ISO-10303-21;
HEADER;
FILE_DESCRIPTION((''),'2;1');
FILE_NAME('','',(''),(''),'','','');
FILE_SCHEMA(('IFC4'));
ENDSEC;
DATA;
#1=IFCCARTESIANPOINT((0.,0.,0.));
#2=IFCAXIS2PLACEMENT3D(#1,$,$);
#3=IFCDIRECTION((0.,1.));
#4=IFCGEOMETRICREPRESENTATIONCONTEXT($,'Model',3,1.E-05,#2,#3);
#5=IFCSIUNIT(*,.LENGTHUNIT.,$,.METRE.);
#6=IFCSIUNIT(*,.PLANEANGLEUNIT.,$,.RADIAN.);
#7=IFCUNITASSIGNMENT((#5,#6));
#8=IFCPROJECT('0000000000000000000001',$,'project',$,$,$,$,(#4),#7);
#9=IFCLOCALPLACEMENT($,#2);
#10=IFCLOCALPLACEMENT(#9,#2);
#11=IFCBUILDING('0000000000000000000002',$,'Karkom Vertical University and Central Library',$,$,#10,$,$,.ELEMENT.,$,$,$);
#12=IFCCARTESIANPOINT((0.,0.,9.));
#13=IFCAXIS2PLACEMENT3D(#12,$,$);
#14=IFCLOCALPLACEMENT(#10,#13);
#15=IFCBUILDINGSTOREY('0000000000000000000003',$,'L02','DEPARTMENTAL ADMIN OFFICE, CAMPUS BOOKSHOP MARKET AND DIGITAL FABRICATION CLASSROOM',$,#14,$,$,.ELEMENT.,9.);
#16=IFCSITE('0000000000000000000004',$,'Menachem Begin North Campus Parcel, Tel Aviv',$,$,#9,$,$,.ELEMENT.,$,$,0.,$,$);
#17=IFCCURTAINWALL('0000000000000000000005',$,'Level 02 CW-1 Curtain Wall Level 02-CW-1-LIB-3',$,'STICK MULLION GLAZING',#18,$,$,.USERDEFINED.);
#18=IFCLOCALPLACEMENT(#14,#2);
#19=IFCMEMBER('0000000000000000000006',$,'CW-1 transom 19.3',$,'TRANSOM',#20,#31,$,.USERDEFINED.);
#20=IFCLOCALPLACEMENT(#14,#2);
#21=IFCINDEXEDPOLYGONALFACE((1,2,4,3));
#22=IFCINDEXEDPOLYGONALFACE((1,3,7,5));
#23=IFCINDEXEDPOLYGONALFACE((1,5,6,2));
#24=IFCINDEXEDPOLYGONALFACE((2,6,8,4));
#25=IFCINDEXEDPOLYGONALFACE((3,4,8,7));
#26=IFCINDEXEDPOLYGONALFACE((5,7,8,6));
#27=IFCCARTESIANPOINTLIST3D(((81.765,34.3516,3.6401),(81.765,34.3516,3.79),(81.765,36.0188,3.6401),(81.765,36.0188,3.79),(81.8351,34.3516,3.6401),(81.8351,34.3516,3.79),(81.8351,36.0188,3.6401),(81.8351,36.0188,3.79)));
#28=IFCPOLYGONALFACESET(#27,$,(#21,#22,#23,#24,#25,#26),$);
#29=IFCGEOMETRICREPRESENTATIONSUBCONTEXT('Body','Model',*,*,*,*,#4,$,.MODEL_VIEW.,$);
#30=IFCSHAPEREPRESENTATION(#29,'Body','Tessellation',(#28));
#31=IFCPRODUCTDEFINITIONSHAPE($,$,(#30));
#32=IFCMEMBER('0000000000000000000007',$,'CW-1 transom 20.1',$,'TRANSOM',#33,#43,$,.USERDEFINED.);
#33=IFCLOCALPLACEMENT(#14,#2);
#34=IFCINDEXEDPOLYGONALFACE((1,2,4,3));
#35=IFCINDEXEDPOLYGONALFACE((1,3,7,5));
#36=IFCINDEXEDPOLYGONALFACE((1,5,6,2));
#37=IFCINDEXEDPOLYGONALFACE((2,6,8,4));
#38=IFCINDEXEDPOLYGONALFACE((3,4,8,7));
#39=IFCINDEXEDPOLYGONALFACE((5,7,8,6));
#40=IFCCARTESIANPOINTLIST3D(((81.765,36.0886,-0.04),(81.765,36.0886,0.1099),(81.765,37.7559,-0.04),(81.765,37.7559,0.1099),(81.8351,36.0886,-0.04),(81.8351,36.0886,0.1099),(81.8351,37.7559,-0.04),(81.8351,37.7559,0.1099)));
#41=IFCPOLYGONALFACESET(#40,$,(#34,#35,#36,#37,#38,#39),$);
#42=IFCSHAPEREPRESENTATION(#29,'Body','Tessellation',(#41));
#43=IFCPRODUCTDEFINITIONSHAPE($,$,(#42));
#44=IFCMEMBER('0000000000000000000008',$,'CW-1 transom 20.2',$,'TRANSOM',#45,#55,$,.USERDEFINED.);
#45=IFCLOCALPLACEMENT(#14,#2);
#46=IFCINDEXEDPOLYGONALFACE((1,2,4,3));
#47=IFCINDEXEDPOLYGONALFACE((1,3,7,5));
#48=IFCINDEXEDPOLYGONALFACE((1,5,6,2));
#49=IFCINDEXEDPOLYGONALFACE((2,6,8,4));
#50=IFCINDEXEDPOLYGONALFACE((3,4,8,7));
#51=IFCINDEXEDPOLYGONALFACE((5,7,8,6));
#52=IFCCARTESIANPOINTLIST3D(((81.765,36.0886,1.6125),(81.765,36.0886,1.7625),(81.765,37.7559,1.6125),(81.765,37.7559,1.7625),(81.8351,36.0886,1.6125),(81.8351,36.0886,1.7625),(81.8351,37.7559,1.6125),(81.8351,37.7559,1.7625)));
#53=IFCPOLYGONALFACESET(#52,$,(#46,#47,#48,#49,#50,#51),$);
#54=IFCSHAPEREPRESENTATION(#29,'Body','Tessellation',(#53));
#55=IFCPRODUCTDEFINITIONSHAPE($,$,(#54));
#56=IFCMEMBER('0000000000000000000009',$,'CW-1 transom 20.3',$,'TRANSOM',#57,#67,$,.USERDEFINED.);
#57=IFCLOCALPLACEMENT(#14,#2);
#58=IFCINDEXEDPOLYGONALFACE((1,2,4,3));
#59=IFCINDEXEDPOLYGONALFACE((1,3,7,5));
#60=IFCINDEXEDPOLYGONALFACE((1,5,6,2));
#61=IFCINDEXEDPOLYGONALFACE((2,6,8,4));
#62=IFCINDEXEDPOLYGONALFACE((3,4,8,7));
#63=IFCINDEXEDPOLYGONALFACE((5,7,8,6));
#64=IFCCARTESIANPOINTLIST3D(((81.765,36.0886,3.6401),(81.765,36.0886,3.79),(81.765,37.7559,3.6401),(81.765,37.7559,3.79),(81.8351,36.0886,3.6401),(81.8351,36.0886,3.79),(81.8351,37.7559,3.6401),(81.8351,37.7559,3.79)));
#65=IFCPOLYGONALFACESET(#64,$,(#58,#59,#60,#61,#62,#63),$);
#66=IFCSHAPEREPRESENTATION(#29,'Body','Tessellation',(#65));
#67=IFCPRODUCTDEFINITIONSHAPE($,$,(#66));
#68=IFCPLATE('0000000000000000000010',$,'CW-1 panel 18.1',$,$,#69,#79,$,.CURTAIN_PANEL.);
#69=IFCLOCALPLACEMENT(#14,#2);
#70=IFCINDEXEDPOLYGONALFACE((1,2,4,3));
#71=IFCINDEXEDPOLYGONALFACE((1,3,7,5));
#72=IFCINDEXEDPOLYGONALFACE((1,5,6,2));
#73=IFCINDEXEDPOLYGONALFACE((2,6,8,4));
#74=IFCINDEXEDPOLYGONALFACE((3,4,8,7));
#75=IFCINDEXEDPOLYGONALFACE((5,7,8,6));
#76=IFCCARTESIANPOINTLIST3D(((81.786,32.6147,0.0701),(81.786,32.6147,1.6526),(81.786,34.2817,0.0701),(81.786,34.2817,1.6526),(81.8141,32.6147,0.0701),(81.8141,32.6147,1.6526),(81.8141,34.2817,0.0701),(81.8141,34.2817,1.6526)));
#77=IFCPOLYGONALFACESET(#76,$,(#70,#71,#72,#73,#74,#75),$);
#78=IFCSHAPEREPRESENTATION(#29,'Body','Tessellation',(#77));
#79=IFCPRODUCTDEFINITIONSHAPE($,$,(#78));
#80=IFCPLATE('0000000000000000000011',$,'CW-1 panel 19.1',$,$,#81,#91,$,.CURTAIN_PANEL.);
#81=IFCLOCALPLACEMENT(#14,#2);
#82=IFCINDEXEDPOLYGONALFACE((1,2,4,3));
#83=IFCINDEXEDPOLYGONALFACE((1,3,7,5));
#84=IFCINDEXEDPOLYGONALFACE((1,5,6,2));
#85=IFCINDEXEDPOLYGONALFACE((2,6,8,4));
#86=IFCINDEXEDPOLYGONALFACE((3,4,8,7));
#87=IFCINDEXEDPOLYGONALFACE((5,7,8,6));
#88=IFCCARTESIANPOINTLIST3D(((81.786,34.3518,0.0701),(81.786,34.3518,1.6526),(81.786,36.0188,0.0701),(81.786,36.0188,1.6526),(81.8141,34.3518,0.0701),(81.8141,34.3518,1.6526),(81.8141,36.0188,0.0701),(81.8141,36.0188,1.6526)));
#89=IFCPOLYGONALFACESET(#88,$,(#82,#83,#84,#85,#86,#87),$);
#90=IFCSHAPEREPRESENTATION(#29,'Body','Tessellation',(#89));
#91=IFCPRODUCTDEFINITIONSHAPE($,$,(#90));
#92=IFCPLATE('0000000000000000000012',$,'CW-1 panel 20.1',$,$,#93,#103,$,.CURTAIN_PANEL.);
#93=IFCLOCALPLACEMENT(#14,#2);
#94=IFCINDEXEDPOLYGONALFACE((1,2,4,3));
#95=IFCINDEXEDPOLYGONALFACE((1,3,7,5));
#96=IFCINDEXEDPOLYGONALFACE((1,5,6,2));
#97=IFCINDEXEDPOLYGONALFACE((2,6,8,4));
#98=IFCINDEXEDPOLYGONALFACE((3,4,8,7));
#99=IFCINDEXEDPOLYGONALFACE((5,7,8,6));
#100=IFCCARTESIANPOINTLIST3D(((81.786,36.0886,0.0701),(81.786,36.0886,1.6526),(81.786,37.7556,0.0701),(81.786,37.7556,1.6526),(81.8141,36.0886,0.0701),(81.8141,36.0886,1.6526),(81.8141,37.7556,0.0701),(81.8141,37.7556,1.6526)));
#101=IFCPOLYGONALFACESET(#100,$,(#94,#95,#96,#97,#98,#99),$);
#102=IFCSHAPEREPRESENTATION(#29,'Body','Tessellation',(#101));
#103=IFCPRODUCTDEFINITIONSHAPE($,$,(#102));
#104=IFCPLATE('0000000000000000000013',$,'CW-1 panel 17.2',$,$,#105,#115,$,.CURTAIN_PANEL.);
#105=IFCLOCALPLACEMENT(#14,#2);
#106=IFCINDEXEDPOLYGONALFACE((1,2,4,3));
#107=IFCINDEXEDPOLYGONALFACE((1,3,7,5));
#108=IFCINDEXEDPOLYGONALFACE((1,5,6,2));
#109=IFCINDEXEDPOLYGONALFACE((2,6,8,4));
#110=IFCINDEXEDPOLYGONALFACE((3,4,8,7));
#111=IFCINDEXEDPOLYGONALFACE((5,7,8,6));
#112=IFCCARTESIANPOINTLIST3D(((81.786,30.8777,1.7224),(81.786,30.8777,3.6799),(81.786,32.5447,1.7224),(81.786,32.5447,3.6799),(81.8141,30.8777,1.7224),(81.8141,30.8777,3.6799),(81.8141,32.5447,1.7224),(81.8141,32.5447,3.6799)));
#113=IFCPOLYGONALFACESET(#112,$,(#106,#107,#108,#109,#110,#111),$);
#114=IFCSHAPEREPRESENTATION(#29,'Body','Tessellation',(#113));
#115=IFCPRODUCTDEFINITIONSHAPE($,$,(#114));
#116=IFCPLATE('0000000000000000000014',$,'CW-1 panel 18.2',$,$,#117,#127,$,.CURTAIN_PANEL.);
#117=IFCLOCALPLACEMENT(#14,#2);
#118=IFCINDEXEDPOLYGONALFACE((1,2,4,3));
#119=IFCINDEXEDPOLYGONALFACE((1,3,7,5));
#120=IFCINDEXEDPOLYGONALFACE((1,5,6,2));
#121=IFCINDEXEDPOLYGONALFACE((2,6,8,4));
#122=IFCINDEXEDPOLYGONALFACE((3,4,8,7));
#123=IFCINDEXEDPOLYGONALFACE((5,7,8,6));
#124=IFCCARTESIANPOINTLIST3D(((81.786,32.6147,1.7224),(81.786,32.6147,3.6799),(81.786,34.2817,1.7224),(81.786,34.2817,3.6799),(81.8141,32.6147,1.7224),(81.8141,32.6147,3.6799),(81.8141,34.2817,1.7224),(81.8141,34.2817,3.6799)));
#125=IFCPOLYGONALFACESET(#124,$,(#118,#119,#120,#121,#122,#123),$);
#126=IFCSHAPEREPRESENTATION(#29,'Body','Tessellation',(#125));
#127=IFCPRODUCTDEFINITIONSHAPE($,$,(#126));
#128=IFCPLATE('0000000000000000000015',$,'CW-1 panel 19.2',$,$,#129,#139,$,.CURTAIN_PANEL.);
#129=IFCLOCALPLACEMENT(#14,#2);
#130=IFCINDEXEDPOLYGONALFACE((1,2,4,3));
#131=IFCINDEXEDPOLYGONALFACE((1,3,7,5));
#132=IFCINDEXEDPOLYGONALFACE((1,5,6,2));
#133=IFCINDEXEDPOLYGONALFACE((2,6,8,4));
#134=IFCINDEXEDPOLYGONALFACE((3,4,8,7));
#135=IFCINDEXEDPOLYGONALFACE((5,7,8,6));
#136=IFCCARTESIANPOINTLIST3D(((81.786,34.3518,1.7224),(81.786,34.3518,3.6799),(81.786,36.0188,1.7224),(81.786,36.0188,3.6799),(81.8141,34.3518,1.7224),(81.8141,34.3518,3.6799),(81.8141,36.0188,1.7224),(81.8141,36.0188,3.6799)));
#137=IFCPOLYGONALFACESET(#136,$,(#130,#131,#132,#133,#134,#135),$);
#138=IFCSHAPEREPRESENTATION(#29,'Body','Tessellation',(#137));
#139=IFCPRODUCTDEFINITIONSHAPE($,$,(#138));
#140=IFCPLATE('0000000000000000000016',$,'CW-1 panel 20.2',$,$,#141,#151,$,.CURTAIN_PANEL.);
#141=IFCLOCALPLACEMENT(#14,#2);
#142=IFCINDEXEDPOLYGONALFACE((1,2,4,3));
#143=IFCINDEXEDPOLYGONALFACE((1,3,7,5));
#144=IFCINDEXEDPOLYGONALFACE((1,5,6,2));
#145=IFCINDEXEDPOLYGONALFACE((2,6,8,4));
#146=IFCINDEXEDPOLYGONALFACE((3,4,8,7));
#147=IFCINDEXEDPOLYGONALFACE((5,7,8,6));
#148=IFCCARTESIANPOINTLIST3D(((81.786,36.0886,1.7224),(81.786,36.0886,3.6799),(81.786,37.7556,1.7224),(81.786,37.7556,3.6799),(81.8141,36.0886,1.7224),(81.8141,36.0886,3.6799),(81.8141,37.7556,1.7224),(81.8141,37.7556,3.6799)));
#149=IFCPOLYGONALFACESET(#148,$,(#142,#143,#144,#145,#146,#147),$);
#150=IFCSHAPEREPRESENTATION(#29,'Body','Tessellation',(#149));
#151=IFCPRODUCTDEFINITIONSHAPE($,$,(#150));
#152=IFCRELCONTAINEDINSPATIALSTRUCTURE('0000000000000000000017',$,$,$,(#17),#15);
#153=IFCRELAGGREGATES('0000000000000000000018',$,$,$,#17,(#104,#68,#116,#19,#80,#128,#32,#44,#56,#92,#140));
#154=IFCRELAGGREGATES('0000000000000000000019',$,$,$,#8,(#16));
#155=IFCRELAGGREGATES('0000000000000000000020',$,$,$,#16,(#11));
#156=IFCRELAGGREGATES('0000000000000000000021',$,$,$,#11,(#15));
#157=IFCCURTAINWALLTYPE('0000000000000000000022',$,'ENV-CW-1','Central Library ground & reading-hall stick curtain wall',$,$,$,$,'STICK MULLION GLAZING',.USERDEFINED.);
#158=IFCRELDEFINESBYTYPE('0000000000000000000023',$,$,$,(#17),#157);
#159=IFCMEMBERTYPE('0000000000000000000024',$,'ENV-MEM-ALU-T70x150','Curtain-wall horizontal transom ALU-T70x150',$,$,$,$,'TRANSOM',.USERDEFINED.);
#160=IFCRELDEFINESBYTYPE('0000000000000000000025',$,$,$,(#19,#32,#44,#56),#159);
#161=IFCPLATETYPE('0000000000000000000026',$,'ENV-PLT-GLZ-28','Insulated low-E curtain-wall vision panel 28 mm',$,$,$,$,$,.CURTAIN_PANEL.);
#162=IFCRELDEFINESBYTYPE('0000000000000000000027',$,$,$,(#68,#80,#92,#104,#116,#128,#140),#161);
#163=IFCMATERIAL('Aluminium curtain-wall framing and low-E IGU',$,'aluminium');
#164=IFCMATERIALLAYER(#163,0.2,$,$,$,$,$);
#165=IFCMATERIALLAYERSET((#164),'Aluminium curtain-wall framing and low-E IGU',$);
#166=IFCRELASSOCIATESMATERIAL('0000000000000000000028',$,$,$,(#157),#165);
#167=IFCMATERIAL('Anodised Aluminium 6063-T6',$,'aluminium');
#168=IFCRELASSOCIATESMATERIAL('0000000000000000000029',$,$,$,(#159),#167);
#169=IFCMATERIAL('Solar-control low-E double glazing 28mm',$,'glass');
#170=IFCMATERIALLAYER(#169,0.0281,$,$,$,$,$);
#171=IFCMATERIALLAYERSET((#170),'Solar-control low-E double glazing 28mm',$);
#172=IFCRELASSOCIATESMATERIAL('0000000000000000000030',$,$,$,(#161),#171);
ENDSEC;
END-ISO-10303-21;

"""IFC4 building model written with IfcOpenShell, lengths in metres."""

from ifc_helpers import new_model, si_unit, direction, frame, origin, origin_with_axes, origin_2d, place, context, subcontext, project, spatial, rectangle, extrude, source, transform, mapped, material, layer, layer_set, material_profile, profile_set, type_object, element, aggregate, save


model = new_model("IFC4")

# Units and contexts
model_context = context("Model", 3, precision=1e-05, world=origin(), true_north=direction((0.0, 1.0)))
body_context = subcontext(model_context, "Body", "Model", "MODEL_VIEW")
ifc_project = project(units=[si_unit("LENGTHUNIT", "METRE"), si_unit("PLANEANGLEUNIT", "RADIAN")], contexts=[model_context])

# Site, building, storey
site_placement = place(None, origin())
site = spatial("IfcSite", under=ifc_project, at=site_placement, Name="Menachem Begin North Campus Parcel, Tel Aviv", CompositionType="ELEMENT", RefElevation=0.0)
building_placement = place(site_placement, origin())
building = spatial("IfcBuilding", under=site, at=building_placement, Name="Karkom Vertical University and Central Library", CompositionType="ELEMENT")
storey_placement = place(building_placement, frame((0.0, 0.0, 9.0)))
storey = spatial("IfcBuildingStorey", under=building, at=storey_placement, Name="L02", Description="DEPARTMENTAL ADMIN OFFICE, CAMPUS BOOKSHOP MARKET AND DIGITAL FABRICATION CLASSROOM", CompositionType="ELEMENT", Elevation=9.0)

# Curtain wall, members, plates
ifc_material_1 = material(Name="Aluminium curtain-wall framing and low-E IGU", Category="aluminium")
ifc_layer_1 = layer(ifc_material_1, 0.2)
ifc_layer_set_1 = layer_set([ifc_layer_1], Name="Aluminium curtain-wall framing and low-E IGU")
curtain_wall_type = type_object("IfcCurtainWallType", Name="ENV-CW-1", Description="Central Library ground & reading-hall stick curtain wall", ElementType="STICK MULLION GLAZING", PredefinedType="USERDEFINED", material=ifc_layer_set_1)
curtain_wall_placement = place(storey_placement, origin())
curtain_wall = element("IfcCurtainWall", 1, at=curtain_wall_placement, inside=storey, type_object=curtain_wall_type, Name="Level 02 CW-1 Curtain Wall Level 02-CW-1-LIB-3", ObjectType="STICK MULLION GLAZING", PredefinedType="USERDEFINED")
ifc_material_2 = material(Name="Anodised Aluminium 6063-T6", Category="aluminium")
ifc_material_profile_1 = material_profile(ifc_material_2, rectangle(XDim=0.0701, YDim=0.1499, at=origin_2d()), Name="ALU-T70x150")
ifc_profile_set_1 = profile_set([ifc_material_profile_1], Name="Anodised Aluminium 6063-T6")
member_type_1 = type_object("IfcMemberType", Name="ENV-MEM-ALU-T70x150", Description="Curtain-wall horizontal transom ALU-T70x150", ElementType="TRANSOM", PredefinedType="USERDEFINED", material=ifc_profile_set_1)
shared_shape_1 = source(origin_with_axes(), body_context, "Body", "SweptSolid", [
    extrude(rectangle(XDim=0.0701, YDim=0.1499, at=origin_2d()), origin(), (0.0, 0.0, 1.0), 1.6672),
])
member_1_placement = place(storey_placement, frame((81.8, 34.3516, 3.7151), z_axis=(0.0, 1.0, 0.0), x_axis=(-1.0, 0.0, 0.0)))
member_1 = element("IfcMember", 2, at=member_1_placement, type_object=member_type_1, Name="CW-1 transom 19.3", ObjectType="TRANSOM", PredefinedType="USERDEFINED", context=body_context, shape_type="MappedRepresentation", body=[
    mapped(shared_shape_1, transform((0.0, 0.0, 0.0), scale=1.0)),
])
member_2_placement = place(storey_placement, frame((81.8, 36.0886, 0.0349), z_axis=(0.0, 1.0, 0.0), x_axis=(-1.0, 0.0, 0.0)))
member_2 = element("IfcMember", 3, at=member_2_placement, type_object=member_type_1, Name="CW-1 transom 20.1", ObjectType="TRANSOM", PredefinedType="USERDEFINED", context=body_context, shape_type="MappedRepresentation", body=[
    mapped(shared_shape_1, transform((0.0, 0.0, 0.0), scale=1.0)),
])
member_3_placement = place(storey_placement, frame((81.8, 36.0886, 1.6875), z_axis=(0.0, 1.0, 0.0), x_axis=(-1.0, 0.0, 0.0)))
member_3 = element("IfcMember", 4, at=member_3_placement, type_object=member_type_1, Name="CW-1 transom 20.2", ObjectType="TRANSOM", PredefinedType="USERDEFINED", context=body_context, shape_type="MappedRepresentation", body=[
    mapped(shared_shape_1, transform((0.0, 0.0, 0.0), scale=1.0)),
])
member_4_placement = place(storey_placement, frame((81.8, 36.0886, 3.7151), z_axis=(0.0, 1.0, 0.0), x_axis=(-1.0, 0.0, 0.0)))
member_4 = element("IfcMember", 5, at=member_4_placement, type_object=member_type_1, Name="CW-1 transom 20.3", ObjectType="TRANSOM", PredefinedType="USERDEFINED", context=body_context, shape_type="MappedRepresentation", body=[
    mapped(shared_shape_1, transform((0.0, 0.0, 0.0), scale=1.0)),
])
ifc_material_3 = material(Name="Solar-control low-E double glazing 28mm", Category="glass")
ifc_layer_2 = layer(ifc_material_3, 0.0281)
ifc_layer_set_2 = layer_set([ifc_layer_2], Name="Solar-control low-E double glazing 28mm")
plate_type = type_object("IfcPlateType", Name="ENV-PLT-GLZ-28", Description="Insulated low-E curtain-wall vision panel 28 mm", PredefinedType="CURTAIN_PANEL", material=ifc_layer_set_2)
shared_shape_2 = source(origin_with_axes(), body_context, "Body", "SweptSolid", [
    extrude(rectangle(XDim=1.667, YDim=0.0281, at=origin_2d()), origin(), (0.0, 0.0, 1.0), 1.5825),
])
plate_1_placement = place(storey_placement, frame((81.8, 33.4482, 0.0701), z_axis=(0.0, 0.0, 1.0), x_axis=(0.0, 1.0, 0.0)))
plate_1 = element("IfcPlate", 6, at=plate_1_placement, type_object=plate_type, Name="CW-1 panel 18.1", PredefinedType="CURTAIN_PANEL", context=body_context, shape_type="MappedRepresentation", body=[
    mapped(shared_shape_2, transform((0.0, 0.0, 0.0), scale=1.0)),
])
plate_2_placement = place(storey_placement, frame((81.8, 35.1853, 0.0701), z_axis=(0.0, 0.0, 1.0), x_axis=(0.0, 1.0, 0.0)))
plate_2 = element("IfcPlate", 7, at=plate_2_placement, type_object=plate_type, Name="CW-1 panel 19.1", PredefinedType="CURTAIN_PANEL", context=body_context, shape_type="MappedRepresentation", body=[
    mapped(shared_shape_2, transform((0.0, 0.0, 0.0), scale=1.0)),
])
plate_3_placement = place(storey_placement, frame((81.8, 36.9221, 0.0701), z_axis=(0.0, 0.0, 1.0), x_axis=(0.0, 1.0, 0.0)))
plate_3 = element("IfcPlate", 8, at=plate_3_placement, type_object=plate_type, Name="CW-1 panel 20.1", PredefinedType="CURTAIN_PANEL", context=body_context, shape_type="MappedRepresentation", body=[
    mapped(shared_shape_2, transform((0.0, 0.0, 0.0), scale=1.0)),
])
shared_shape_3 = source(origin_with_axes(), body_context, "Body", "SweptSolid", [
    extrude(rectangle(XDim=1.667, YDim=0.0281, at=origin_2d()), origin(), (0.0, 0.0, 1.0), 1.9575),
])
plate_4_placement = place(storey_placement, frame((81.8, 31.7112, 1.7224), z_axis=(0.0, 0.0, 1.0), x_axis=(0.0, 1.0, 0.0)))
plate_4 = element("IfcPlate", 9, at=plate_4_placement, type_object=plate_type, Name="CW-1 panel 17.2", PredefinedType="CURTAIN_PANEL", context=body_context, shape_type="MappedRepresentation", body=[
    mapped(shared_shape_3, transform((0.0, 0.0, 0.0), scale=1.0)),
])
plate_5_placement = place(storey_placement, frame((81.8, 33.4482, 1.7224), z_axis=(0.0, 0.0, 1.0), x_axis=(0.0, 1.0, 0.0)))
plate_5 = element("IfcPlate", 10, at=plate_5_placement, type_object=plate_type, Name="CW-1 panel 18.2", PredefinedType="CURTAIN_PANEL", context=body_context, shape_type="MappedRepresentation", body=[
    mapped(shared_shape_3, transform((0.0, 0.0, 0.0), scale=1.0)),
])
plate_6_placement = place(storey_placement, frame((81.8, 35.1853, 1.7224), z_axis=(0.0, 0.0, 1.0), x_axis=(0.0, 1.0, 0.0)))
plate_6 = element("IfcPlate", 11, at=plate_6_placement, type_object=plate_type, Name="CW-1 panel 19.2", PredefinedType="CURTAIN_PANEL", context=body_context, shape_type="MappedRepresentation", body=[
    mapped(shared_shape_3, transform((0.0, 0.0, 0.0), scale=1.0)),
])
plate_7_placement = place(storey_placement, frame((81.8, 36.9221, 1.7224), z_axis=(0.0, 0.0, 1.0), x_axis=(0.0, 1.0, 0.0)))
plate_7 = element("IfcPlate", 12, at=plate_7_placement, type_object=plate_type, Name="CW-1 panel 20.2", PredefinedType="CURTAIN_PANEL", context=body_context, shape_type="MappedRepresentation", body=[
    mapped(shared_shape_3, transform((0.0, 0.0, 0.0), scale=1.0)),
])
aggregate(curtain_wall, [plate_4, plate_1, plate_5, member_1, plate_2, plate_6, member_2, member_3, member_4, plate_3, plate_7])

save(model, "model.ifc")
